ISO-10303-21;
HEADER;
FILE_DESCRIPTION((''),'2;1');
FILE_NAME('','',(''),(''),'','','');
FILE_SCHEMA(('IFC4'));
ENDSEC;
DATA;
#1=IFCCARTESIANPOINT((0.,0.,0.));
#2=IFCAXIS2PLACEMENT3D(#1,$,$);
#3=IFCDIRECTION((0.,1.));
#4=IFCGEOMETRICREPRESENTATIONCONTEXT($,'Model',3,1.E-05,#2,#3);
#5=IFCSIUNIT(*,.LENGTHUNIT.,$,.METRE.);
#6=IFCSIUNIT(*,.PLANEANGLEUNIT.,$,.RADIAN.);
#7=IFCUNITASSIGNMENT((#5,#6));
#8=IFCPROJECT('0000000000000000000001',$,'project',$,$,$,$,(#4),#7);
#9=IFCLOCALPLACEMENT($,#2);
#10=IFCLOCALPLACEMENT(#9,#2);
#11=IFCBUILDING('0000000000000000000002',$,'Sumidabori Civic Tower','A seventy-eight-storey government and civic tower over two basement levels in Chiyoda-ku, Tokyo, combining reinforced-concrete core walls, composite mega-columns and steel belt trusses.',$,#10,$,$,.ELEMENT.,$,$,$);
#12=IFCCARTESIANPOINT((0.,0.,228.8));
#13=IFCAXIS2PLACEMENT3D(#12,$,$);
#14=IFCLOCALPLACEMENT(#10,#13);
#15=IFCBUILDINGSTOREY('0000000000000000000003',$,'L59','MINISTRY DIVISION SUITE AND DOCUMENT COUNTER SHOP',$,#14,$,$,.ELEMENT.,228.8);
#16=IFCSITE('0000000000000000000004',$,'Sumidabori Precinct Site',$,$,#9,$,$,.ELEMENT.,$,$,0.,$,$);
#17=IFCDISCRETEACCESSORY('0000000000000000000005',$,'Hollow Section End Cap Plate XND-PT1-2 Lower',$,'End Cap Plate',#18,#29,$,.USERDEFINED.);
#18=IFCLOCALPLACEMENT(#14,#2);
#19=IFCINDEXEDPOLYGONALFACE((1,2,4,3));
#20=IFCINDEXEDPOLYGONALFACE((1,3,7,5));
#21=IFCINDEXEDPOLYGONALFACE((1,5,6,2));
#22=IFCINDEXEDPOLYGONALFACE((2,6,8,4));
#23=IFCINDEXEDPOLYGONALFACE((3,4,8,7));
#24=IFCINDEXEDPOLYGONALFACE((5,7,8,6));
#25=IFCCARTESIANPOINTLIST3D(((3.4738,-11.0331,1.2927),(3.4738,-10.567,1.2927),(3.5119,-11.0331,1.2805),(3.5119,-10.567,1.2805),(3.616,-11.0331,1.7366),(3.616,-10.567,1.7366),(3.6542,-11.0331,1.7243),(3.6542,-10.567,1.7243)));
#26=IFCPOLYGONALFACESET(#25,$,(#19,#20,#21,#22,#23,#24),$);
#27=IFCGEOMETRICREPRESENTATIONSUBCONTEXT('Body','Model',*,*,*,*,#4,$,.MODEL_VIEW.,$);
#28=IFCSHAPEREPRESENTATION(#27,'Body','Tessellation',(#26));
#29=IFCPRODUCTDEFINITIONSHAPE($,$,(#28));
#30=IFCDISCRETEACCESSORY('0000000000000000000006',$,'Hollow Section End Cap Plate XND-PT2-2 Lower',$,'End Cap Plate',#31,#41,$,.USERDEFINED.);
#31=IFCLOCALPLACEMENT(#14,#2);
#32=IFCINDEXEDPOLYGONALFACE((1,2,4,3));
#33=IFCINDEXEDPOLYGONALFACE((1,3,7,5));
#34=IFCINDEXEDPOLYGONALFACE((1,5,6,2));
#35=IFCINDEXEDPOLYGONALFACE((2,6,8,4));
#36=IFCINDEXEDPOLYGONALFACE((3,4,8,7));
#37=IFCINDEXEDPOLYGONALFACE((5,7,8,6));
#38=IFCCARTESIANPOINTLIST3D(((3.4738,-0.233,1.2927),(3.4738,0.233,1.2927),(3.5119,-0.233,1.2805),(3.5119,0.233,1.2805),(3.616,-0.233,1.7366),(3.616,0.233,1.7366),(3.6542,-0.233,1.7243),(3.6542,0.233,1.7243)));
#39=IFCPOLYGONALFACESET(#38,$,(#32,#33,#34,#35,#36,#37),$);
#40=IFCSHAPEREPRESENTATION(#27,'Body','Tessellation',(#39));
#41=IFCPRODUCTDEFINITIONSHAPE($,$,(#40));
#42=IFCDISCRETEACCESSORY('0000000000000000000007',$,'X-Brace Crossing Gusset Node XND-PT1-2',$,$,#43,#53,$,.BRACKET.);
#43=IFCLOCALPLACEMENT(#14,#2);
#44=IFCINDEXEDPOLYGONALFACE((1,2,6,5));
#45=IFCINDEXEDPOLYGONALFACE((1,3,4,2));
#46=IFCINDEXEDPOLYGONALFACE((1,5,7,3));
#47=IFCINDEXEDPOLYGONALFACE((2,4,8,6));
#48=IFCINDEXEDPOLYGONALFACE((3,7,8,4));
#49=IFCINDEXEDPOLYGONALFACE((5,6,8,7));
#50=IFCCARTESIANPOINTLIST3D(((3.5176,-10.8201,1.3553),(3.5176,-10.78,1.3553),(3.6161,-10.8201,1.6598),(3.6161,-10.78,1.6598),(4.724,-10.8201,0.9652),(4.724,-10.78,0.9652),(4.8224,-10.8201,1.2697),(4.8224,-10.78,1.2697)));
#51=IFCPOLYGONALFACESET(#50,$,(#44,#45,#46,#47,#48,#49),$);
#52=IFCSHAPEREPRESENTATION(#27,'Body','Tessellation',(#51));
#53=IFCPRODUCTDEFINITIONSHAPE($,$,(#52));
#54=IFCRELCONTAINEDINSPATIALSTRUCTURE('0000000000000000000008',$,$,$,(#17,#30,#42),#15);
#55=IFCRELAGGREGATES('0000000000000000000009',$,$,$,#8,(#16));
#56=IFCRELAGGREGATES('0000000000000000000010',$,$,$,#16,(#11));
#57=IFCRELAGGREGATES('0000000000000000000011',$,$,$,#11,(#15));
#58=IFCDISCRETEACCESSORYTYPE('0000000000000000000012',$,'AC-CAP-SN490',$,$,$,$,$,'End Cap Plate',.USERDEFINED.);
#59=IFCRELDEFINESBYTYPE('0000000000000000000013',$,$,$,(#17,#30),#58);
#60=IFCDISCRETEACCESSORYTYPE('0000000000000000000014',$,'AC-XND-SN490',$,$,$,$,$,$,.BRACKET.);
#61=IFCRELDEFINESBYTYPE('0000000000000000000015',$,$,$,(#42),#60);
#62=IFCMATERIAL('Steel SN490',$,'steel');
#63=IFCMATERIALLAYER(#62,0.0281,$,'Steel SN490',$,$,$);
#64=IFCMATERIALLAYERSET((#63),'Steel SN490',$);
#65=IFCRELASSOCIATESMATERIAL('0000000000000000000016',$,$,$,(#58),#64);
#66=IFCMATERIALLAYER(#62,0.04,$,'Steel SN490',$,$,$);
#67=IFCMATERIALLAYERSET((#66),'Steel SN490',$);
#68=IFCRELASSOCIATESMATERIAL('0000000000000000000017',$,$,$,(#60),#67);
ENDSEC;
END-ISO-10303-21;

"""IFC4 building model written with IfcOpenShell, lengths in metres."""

from ifc_helpers import new_model, si_unit, direction, frame, origin, origin_2d, place, context, subcontext, project, spatial, rectangle, extrude, source, transform, mapped, material, layer, layer_set, type_object, element, save


model = new_model("IFC4")

# Units and contexts
model_context = context("Model", 3, precision=1e-05, world=origin(), true_north=direction((0.0, 1.0)))
body_context = subcontext(model_context, "Body", "Model", "MODEL_VIEW")
ifc_project = project(units=[si_unit("LENGTHUNIT", "METRE"), si_unit("PLANEANGLEUNIT", "RADIAN")], contexts=[model_context])

# Site, building, storey
site_placement = place(None, origin())
site = spatial("IfcSite", under=ifc_project, at=site_placement, Name="Sumidabori Precinct Site", CompositionType="ELEMENT", RefElevation=0.0)
building_placement = place(site_placement, origin())
building = spatial("IfcBuilding", under=site, at=building_placement, Name="Sumidabori Civic Tower", Description="A seventy-eight-storey government and civic tower over two basement levels in Chiyoda-ku, Tokyo, combining reinforced-concrete core walls, composite mega-columns and steel belt trusses.", CompositionType="ELEMENT")
storey_placement = place(building_placement, frame((0.0, 0.0, 228.8)))
storey = spatial("IfcBuildingStorey", under=building, at=storey_placement, Name="L59", Description="MINISTRY DIVISION SUITE AND DOCUMENT COUNTER SHOP", CompositionType="ELEMENT", Elevation=228.8)

# Shared definitions
ifc_material_1 = material(Name="Steel SN490", Category="steel")

# Discrete accessories
ifc_layer_1 = layer(ifc_material_1, 0.0281, Name="Steel SN490")
ifc_layer_set_1 = layer_set([ifc_layer_1], Name="Steel SN490")
discrete_accessory_type_1 = type_object("IfcDiscreteAccessoryType", Name="AC-CAP-SN490", ElementType="End Cap Plate", PredefinedType="USERDEFINED", material=ifc_layer_set_1)
shared_shape_1 = source(origin(), body_context, "Body", "SweptSolid", [
    extrude(rectangle(XDim=0.4661, YDim=0.4661, at=origin_2d()), origin(), (0.0, 0.0, 1.0), 0.04),
])
for number, where, z_axis, x_axis, name in (
    (1, (3.5449, -10.8, 1.5146), (0.952282, 0.0, -0.305219), (0.0, 1.0, 0.0), "Hollow Section End Cap Plate XND-PT1-2 Lower"),
    (2, (3.5449, 0.0, 1.5146), (0.952282, 0.0, -0.305219), (0.0, 1.0, 0.0), "Hollow Section End Cap Plate XND-PT2-2 Lower"),
):
    element("IfcDiscreteAccessory", number, at=place(storey_placement, frame(where, z_axis=z_axis, x_axis=x_axis)), inside=storey, type_object=discrete_accessory_type_1, Name=name, ObjectType="End Cap Plate", PredefinedType="USERDEFINED", context=body_context, shape_type="MappedRepresentation", body=[
        mapped(shared_shape_1, transform((0.0, 0.0, 0.0), x_axis=(1.0, 0.0, 0.0), y_axis=(0.0, 1.0, 0.0), z_axis=(0.0, 0.0, 1.0), scale=1.0)),
    ])
ifc_layer_2 = layer(ifc_material_1, 0.04, Name="Steel SN490")
ifc_layer_set_2 = layer_set([ifc_layer_2], Name="Steel SN490")
discrete_accessory_type_2 = type_object("IfcDiscreteAccessoryType", Name="AC-XND-SN490", PredefinedType="BRACKET", material=ifc_layer_set_2)
shared_shape_2 = source(origin(), body_context, "Body", "SweptSolid", [
    extrude(rectangle(XDim=0.04, YDim=0.3201, at=origin_2d()), origin(), (0.0, 0.0, 1.0), 1.2678),
])
discrete_accessory_placement = place(storey_placement, frame((3.5669, -10.8, 1.5076), z_axis=(0.951476, 0.0, -0.307723), x_axis=(0.0, 1.0, 0.0)))
element("IfcDiscreteAccessory", 3, at=discrete_accessory_placement, inside=storey, type_object=discrete_accessory_type_2, Name="X-Brace Crossing Gusset Node XND-PT1-2", PredefinedType="BRACKET", context=body_context, shape_type="MappedRepresentation", body=[
    mapped(shared_shape_2, transform((0.0, 0.0, 0.0), x_axis=(1.0, 0.0, 0.0), y_axis=(0.0, 1.0, 0.0), z_axis=(0.0, 0.0, 1.0), scale=1.0)),
])

save(model, "model.ifc")
